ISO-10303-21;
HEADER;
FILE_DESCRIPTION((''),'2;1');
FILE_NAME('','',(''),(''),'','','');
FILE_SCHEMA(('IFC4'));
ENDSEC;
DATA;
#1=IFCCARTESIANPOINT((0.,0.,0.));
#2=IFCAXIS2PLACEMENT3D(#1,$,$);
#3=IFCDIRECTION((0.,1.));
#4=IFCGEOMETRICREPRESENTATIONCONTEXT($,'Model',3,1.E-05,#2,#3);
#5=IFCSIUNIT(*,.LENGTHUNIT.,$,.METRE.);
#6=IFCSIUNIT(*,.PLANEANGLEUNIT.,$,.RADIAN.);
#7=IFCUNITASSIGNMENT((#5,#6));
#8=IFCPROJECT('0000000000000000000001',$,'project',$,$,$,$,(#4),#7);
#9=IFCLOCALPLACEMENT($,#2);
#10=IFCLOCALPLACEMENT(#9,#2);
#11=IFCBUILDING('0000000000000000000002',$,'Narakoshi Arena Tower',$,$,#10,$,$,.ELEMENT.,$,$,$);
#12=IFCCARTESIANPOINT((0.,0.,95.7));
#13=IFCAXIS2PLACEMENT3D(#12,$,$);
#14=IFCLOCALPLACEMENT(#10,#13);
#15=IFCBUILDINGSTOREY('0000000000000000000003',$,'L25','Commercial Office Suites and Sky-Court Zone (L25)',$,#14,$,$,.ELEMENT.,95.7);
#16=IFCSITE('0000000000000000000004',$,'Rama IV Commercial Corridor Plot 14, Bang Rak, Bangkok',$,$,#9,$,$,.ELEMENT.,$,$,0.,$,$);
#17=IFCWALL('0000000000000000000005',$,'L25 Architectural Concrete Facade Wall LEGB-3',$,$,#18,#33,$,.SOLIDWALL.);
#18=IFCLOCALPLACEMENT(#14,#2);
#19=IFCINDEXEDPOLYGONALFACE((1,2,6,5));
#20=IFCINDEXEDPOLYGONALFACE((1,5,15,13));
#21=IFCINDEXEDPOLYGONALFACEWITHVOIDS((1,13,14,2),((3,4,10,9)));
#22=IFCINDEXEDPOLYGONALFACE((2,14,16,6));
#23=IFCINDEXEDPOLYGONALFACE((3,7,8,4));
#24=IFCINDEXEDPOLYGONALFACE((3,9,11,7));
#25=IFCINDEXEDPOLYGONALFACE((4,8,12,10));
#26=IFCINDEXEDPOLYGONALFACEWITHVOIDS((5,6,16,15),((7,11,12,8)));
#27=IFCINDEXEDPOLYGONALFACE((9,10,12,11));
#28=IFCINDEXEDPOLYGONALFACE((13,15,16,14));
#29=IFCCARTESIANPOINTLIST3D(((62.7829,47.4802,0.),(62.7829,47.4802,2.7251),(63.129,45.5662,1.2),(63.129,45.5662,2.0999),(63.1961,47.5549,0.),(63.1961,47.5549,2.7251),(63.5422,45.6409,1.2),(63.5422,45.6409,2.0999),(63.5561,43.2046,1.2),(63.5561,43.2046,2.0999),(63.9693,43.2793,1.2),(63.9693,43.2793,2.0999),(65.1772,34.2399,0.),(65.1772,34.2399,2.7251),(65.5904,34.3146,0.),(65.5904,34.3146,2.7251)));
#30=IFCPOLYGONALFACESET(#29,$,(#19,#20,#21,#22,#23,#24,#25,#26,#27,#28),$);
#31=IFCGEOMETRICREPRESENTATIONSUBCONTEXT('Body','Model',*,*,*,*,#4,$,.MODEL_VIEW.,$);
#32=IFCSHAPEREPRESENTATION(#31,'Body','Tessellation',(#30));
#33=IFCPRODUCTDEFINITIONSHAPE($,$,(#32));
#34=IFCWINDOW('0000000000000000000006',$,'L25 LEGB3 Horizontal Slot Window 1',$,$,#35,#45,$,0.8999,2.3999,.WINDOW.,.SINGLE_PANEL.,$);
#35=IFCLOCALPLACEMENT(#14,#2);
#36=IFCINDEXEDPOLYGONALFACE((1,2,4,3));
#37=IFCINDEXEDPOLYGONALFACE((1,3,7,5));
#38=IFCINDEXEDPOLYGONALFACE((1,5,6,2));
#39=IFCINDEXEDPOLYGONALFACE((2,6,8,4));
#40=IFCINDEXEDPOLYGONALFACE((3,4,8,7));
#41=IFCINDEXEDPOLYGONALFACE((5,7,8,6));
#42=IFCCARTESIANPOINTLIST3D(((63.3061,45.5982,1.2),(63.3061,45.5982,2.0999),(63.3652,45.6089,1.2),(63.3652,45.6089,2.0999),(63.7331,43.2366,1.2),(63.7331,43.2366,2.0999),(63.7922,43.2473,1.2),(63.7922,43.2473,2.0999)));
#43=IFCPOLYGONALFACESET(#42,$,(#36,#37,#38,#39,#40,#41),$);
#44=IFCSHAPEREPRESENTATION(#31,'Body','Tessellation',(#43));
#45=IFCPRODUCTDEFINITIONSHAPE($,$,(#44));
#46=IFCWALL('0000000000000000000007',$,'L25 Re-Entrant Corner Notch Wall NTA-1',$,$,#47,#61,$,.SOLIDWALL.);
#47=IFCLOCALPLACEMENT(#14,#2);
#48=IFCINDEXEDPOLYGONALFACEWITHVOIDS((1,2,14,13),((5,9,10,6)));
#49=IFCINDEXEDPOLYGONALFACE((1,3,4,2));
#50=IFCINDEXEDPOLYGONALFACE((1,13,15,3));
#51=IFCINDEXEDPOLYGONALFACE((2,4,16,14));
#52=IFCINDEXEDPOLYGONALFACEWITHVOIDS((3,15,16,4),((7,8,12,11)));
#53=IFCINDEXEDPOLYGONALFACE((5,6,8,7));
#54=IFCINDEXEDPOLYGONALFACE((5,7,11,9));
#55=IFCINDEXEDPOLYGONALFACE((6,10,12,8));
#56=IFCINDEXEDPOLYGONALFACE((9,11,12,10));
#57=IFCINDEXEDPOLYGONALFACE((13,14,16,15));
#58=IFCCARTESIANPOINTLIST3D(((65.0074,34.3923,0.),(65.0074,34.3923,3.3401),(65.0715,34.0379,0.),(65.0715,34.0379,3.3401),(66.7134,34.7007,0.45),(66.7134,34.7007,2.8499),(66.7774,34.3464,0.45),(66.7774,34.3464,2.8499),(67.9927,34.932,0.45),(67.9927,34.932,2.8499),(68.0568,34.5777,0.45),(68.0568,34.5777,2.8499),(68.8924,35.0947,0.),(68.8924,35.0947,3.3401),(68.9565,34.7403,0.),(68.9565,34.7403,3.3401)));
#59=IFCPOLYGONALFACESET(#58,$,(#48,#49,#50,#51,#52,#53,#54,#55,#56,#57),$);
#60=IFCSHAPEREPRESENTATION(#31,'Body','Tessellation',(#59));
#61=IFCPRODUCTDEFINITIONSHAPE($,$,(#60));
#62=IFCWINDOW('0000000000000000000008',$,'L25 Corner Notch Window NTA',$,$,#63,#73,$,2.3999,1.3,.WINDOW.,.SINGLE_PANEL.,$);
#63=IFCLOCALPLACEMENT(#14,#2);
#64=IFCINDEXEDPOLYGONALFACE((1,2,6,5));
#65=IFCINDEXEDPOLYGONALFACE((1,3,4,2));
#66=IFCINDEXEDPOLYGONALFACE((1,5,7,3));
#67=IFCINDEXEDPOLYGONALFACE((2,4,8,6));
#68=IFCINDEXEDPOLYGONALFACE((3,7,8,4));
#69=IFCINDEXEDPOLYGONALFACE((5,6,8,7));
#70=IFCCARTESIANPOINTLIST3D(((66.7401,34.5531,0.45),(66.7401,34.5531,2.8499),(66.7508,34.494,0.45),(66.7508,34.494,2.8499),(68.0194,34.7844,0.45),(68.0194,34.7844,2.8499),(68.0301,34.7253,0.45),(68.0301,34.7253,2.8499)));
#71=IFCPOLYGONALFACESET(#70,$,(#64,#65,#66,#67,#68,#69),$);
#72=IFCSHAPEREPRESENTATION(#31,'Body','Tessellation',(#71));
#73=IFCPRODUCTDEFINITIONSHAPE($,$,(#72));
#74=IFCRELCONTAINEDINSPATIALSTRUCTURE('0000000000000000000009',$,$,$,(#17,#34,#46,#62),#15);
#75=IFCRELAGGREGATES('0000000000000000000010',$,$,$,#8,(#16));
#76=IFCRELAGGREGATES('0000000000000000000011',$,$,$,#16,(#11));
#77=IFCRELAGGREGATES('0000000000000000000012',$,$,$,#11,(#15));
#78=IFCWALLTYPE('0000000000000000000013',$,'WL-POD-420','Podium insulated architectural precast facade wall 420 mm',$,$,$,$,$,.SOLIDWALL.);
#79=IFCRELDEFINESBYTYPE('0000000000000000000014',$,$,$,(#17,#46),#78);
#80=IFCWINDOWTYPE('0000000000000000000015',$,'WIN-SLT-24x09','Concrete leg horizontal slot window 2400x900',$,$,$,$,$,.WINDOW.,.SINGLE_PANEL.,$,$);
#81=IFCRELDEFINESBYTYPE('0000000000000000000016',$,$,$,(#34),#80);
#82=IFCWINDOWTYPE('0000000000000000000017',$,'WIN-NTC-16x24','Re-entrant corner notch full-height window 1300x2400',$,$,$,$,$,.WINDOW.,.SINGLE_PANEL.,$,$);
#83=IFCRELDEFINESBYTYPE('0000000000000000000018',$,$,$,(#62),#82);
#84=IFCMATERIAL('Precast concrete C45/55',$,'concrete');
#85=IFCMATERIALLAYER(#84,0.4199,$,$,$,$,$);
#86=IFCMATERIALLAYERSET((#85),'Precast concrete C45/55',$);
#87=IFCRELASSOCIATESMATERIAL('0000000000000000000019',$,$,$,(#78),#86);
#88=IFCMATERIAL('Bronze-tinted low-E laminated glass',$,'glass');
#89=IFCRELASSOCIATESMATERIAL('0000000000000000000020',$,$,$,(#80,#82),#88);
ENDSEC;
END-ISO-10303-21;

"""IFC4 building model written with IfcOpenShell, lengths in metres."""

from ifc_helpers import new_model, si_unit, direction, frame, frame_2d, origin, place, context, subcontext, project, spatial, rectangle, extrude, material, layer, layer_set, type_object, element, fill, save


model = new_model("IFC4")

# Units and contexts
model_context = context("Model", 3, precision=1e-05, world=origin(), true_north=direction((0.0, 1.0)))
body_context = subcontext(model_context, "Body", "Model", "MODEL_VIEW")
ifc_project = project(units=[si_unit("LENGTHUNIT", "METRE"), si_unit("PLANEANGLEUNIT", "RADIAN")], contexts=[model_context])

# Site, building, storey
site_placement = place(None, origin())
site = spatial("IfcSite", under=ifc_project, at=site_placement, Name="Rama IV Commercial Corridor Plot 14, Bang Rak, Bangkok", CompositionType="ELEMENT", RefElevation=0.0)
building_placement = place(site_placement, origin())
building = spatial("IfcBuilding", under=site, at=building_placement, Name="Narakoshi Arena Tower", CompositionType="ELEMENT")
storey_placement = place(building_placement, frame((0.0, 0.0, 95.7)))
storey = spatial("IfcBuildingStorey", under=building, at=storey_placement, Name="L25", Description="Commercial Office Suites and Sky-Court Zone (L25)", CompositionType="ELEMENT", Elevation=95.7)

# Walls, openings, windows
ifc_material_1 = material(Name="Precast concrete C45/55", Category="concrete")
ifc_layer_1 = layer(ifc_material_1, 0.4199)
ifc_layer_set_1 = layer_set([ifc_layer_1], Name="Precast concrete C45/55")
wall_type_1 = type_object("IfcWallType", Name="WL-POD-420", Description="Podium insulated architectural precast facade wall 420 mm", PredefinedType="SOLIDWALL", material=ifc_layer_set_1)
wall_1_placement = place(storey_placement, frame((62.9895, 47.5176, 0.0), z_axis=(0.0, 0.0, 1.0), x_axis=(0.177948, -0.98404, 0.0)))
wall_1 = element("IfcWall", 1, at=wall_1_placement, inside=storey, type_object=wall_type_1, Name="L25 Architectural Concrete Facade Wall LEGB-3", PredefinedType="SOLIDWALL", context=body_context, shape_type="SweptSolid", body=[
    extrude(rectangle(XDim=13.4551, YDim=0.4199, at=frame_2d((6.7275, 0.0))), origin(), (0.0, 0.0, 1.0), 2.7251),
])
opening_1_placement = place(wall_1_placement, frame((1.9451, 0.0, 1.2)))
opening_1 = element("IfcOpeningElement", 2, at=opening_1_placement, cuts=wall_1, PredefinedType="OPENING", context=body_context, shape_type="SweptSolid", body=[
    extrude(rectangle(XDim=2.3999, YDim=0.8999, at=frame_2d((1.2, 0.45))), frame((0.0, 0.22, 0.0), z_axis=(0.0, -1.0, 0.0), x_axis=(1.0, 0.0, 0.0)), (0.0, 0.0, 1.0), 0.4399),
])
ifc_material_2 = material(Name="Bronze-tinted low-E laminated glass", Category="glass")
window_type_1 = type_object("IfcWindowType", Name="WIN-SLT-24x09", Description="Concrete leg horizontal slot window 2400x900", PartitioningType="SINGLE_PANEL", PredefinedType="WINDOW", material=ifc_material_2)
window_1_placement = place(opening_1_placement, origin())
window_1 = element("IfcWindow", 3, at=window_1_placement, inside=storey, type_object=window_type_1, Name="L25 LEGB3 Horizontal Slot Window 1", OverallHeight=0.8999, OverallWidth=2.3999, PartitioningType="SINGLE_PANEL", PredefinedType="WINDOW", context=body_context, shape_type="SweptSolid", body=[
    extrude(rectangle(XDim=2.3999, YDim=0.8999, at=frame_2d((1.2, 0.45))), frame((0.0, 0.03, 0.0), z_axis=(0.0, -1.0, 0.0), x_axis=(1.0, 0.0, 0.0)), (0.0, 0.0, 1.0), 0.0601),
])
fill(opening_1, window_1)
wall_2_placement = place(storey_placement, frame((65.0393, 34.2151, 0.0), z_axis=(0.0, 0.0, 1.0), x_axis=(0.984047, 0.177911, 0.0)))
wall_2 = element("IfcWall", 4, at=wall_2_placement, inside=storey, type_object=wall_type_1, Name="L25 Re-Entrant Corner Notch Wall NTA-1", PredefinedType="SOLIDWALL", context=body_context, shape_type="SweptSolid", body=[
    extrude(rectangle(XDim=3.948, YDim=0.3601, at=frame_2d((1.9741, 0.0))), origin(), (0.0, 0.0, 1.0), 3.3401),
])
opening_2_placement = place(wall_2_placement, frame((1.7339, 0.0, 0.45)))
opening_2 = element("IfcOpeningElement", 5, at=opening_2_placement, cuts=wall_2, PredefinedType="OPENING", context=body_context, shape_type="SweptSolid", body=[
    extrude(rectangle(XDim=1.3, YDim=2.3999, at=frame_2d((0.6499, 1.2))), frame((0.0, 0.1899, 0.0), z_axis=(0.0, -1.0, 0.0), x_axis=(1.0, 0.0, 0.0)), (0.0, 0.0, 1.0), 0.3801),
])
window_type_2 = type_object("IfcWindowType", Name="WIN-NTC-16x24", Description="Re-entrant corner notch full-height window 1300x2400", PartitioningType="SINGLE_PANEL", PredefinedType="WINDOW", material=ifc_material_2)
window_2_placement = place(opening_2_placement, origin())
window_2 = element("IfcWindow", 6, at=window_2_placement, inside=storey, type_object=window_type_2, Name="L25 Corner Notch Window NTA", OverallHeight=2.3999, OverallWidth=1.3, PartitioningType="SINGLE_PANEL", PredefinedType="WINDOW", context=body_context, shape_type="SweptSolid", body=[
    extrude(rectangle(XDim=1.3, YDim=2.3999, at=frame_2d((0.6499, 1.2))), frame((0.0, 0.03, 0.0), z_axis=(0.0, -1.0, 0.0), x_axis=(1.0, 0.0, 0.0)), (0.0, 0.0, 1.0), 0.0601),
])
fill(opening_2, window_2)

save(model, "model.ifc")
